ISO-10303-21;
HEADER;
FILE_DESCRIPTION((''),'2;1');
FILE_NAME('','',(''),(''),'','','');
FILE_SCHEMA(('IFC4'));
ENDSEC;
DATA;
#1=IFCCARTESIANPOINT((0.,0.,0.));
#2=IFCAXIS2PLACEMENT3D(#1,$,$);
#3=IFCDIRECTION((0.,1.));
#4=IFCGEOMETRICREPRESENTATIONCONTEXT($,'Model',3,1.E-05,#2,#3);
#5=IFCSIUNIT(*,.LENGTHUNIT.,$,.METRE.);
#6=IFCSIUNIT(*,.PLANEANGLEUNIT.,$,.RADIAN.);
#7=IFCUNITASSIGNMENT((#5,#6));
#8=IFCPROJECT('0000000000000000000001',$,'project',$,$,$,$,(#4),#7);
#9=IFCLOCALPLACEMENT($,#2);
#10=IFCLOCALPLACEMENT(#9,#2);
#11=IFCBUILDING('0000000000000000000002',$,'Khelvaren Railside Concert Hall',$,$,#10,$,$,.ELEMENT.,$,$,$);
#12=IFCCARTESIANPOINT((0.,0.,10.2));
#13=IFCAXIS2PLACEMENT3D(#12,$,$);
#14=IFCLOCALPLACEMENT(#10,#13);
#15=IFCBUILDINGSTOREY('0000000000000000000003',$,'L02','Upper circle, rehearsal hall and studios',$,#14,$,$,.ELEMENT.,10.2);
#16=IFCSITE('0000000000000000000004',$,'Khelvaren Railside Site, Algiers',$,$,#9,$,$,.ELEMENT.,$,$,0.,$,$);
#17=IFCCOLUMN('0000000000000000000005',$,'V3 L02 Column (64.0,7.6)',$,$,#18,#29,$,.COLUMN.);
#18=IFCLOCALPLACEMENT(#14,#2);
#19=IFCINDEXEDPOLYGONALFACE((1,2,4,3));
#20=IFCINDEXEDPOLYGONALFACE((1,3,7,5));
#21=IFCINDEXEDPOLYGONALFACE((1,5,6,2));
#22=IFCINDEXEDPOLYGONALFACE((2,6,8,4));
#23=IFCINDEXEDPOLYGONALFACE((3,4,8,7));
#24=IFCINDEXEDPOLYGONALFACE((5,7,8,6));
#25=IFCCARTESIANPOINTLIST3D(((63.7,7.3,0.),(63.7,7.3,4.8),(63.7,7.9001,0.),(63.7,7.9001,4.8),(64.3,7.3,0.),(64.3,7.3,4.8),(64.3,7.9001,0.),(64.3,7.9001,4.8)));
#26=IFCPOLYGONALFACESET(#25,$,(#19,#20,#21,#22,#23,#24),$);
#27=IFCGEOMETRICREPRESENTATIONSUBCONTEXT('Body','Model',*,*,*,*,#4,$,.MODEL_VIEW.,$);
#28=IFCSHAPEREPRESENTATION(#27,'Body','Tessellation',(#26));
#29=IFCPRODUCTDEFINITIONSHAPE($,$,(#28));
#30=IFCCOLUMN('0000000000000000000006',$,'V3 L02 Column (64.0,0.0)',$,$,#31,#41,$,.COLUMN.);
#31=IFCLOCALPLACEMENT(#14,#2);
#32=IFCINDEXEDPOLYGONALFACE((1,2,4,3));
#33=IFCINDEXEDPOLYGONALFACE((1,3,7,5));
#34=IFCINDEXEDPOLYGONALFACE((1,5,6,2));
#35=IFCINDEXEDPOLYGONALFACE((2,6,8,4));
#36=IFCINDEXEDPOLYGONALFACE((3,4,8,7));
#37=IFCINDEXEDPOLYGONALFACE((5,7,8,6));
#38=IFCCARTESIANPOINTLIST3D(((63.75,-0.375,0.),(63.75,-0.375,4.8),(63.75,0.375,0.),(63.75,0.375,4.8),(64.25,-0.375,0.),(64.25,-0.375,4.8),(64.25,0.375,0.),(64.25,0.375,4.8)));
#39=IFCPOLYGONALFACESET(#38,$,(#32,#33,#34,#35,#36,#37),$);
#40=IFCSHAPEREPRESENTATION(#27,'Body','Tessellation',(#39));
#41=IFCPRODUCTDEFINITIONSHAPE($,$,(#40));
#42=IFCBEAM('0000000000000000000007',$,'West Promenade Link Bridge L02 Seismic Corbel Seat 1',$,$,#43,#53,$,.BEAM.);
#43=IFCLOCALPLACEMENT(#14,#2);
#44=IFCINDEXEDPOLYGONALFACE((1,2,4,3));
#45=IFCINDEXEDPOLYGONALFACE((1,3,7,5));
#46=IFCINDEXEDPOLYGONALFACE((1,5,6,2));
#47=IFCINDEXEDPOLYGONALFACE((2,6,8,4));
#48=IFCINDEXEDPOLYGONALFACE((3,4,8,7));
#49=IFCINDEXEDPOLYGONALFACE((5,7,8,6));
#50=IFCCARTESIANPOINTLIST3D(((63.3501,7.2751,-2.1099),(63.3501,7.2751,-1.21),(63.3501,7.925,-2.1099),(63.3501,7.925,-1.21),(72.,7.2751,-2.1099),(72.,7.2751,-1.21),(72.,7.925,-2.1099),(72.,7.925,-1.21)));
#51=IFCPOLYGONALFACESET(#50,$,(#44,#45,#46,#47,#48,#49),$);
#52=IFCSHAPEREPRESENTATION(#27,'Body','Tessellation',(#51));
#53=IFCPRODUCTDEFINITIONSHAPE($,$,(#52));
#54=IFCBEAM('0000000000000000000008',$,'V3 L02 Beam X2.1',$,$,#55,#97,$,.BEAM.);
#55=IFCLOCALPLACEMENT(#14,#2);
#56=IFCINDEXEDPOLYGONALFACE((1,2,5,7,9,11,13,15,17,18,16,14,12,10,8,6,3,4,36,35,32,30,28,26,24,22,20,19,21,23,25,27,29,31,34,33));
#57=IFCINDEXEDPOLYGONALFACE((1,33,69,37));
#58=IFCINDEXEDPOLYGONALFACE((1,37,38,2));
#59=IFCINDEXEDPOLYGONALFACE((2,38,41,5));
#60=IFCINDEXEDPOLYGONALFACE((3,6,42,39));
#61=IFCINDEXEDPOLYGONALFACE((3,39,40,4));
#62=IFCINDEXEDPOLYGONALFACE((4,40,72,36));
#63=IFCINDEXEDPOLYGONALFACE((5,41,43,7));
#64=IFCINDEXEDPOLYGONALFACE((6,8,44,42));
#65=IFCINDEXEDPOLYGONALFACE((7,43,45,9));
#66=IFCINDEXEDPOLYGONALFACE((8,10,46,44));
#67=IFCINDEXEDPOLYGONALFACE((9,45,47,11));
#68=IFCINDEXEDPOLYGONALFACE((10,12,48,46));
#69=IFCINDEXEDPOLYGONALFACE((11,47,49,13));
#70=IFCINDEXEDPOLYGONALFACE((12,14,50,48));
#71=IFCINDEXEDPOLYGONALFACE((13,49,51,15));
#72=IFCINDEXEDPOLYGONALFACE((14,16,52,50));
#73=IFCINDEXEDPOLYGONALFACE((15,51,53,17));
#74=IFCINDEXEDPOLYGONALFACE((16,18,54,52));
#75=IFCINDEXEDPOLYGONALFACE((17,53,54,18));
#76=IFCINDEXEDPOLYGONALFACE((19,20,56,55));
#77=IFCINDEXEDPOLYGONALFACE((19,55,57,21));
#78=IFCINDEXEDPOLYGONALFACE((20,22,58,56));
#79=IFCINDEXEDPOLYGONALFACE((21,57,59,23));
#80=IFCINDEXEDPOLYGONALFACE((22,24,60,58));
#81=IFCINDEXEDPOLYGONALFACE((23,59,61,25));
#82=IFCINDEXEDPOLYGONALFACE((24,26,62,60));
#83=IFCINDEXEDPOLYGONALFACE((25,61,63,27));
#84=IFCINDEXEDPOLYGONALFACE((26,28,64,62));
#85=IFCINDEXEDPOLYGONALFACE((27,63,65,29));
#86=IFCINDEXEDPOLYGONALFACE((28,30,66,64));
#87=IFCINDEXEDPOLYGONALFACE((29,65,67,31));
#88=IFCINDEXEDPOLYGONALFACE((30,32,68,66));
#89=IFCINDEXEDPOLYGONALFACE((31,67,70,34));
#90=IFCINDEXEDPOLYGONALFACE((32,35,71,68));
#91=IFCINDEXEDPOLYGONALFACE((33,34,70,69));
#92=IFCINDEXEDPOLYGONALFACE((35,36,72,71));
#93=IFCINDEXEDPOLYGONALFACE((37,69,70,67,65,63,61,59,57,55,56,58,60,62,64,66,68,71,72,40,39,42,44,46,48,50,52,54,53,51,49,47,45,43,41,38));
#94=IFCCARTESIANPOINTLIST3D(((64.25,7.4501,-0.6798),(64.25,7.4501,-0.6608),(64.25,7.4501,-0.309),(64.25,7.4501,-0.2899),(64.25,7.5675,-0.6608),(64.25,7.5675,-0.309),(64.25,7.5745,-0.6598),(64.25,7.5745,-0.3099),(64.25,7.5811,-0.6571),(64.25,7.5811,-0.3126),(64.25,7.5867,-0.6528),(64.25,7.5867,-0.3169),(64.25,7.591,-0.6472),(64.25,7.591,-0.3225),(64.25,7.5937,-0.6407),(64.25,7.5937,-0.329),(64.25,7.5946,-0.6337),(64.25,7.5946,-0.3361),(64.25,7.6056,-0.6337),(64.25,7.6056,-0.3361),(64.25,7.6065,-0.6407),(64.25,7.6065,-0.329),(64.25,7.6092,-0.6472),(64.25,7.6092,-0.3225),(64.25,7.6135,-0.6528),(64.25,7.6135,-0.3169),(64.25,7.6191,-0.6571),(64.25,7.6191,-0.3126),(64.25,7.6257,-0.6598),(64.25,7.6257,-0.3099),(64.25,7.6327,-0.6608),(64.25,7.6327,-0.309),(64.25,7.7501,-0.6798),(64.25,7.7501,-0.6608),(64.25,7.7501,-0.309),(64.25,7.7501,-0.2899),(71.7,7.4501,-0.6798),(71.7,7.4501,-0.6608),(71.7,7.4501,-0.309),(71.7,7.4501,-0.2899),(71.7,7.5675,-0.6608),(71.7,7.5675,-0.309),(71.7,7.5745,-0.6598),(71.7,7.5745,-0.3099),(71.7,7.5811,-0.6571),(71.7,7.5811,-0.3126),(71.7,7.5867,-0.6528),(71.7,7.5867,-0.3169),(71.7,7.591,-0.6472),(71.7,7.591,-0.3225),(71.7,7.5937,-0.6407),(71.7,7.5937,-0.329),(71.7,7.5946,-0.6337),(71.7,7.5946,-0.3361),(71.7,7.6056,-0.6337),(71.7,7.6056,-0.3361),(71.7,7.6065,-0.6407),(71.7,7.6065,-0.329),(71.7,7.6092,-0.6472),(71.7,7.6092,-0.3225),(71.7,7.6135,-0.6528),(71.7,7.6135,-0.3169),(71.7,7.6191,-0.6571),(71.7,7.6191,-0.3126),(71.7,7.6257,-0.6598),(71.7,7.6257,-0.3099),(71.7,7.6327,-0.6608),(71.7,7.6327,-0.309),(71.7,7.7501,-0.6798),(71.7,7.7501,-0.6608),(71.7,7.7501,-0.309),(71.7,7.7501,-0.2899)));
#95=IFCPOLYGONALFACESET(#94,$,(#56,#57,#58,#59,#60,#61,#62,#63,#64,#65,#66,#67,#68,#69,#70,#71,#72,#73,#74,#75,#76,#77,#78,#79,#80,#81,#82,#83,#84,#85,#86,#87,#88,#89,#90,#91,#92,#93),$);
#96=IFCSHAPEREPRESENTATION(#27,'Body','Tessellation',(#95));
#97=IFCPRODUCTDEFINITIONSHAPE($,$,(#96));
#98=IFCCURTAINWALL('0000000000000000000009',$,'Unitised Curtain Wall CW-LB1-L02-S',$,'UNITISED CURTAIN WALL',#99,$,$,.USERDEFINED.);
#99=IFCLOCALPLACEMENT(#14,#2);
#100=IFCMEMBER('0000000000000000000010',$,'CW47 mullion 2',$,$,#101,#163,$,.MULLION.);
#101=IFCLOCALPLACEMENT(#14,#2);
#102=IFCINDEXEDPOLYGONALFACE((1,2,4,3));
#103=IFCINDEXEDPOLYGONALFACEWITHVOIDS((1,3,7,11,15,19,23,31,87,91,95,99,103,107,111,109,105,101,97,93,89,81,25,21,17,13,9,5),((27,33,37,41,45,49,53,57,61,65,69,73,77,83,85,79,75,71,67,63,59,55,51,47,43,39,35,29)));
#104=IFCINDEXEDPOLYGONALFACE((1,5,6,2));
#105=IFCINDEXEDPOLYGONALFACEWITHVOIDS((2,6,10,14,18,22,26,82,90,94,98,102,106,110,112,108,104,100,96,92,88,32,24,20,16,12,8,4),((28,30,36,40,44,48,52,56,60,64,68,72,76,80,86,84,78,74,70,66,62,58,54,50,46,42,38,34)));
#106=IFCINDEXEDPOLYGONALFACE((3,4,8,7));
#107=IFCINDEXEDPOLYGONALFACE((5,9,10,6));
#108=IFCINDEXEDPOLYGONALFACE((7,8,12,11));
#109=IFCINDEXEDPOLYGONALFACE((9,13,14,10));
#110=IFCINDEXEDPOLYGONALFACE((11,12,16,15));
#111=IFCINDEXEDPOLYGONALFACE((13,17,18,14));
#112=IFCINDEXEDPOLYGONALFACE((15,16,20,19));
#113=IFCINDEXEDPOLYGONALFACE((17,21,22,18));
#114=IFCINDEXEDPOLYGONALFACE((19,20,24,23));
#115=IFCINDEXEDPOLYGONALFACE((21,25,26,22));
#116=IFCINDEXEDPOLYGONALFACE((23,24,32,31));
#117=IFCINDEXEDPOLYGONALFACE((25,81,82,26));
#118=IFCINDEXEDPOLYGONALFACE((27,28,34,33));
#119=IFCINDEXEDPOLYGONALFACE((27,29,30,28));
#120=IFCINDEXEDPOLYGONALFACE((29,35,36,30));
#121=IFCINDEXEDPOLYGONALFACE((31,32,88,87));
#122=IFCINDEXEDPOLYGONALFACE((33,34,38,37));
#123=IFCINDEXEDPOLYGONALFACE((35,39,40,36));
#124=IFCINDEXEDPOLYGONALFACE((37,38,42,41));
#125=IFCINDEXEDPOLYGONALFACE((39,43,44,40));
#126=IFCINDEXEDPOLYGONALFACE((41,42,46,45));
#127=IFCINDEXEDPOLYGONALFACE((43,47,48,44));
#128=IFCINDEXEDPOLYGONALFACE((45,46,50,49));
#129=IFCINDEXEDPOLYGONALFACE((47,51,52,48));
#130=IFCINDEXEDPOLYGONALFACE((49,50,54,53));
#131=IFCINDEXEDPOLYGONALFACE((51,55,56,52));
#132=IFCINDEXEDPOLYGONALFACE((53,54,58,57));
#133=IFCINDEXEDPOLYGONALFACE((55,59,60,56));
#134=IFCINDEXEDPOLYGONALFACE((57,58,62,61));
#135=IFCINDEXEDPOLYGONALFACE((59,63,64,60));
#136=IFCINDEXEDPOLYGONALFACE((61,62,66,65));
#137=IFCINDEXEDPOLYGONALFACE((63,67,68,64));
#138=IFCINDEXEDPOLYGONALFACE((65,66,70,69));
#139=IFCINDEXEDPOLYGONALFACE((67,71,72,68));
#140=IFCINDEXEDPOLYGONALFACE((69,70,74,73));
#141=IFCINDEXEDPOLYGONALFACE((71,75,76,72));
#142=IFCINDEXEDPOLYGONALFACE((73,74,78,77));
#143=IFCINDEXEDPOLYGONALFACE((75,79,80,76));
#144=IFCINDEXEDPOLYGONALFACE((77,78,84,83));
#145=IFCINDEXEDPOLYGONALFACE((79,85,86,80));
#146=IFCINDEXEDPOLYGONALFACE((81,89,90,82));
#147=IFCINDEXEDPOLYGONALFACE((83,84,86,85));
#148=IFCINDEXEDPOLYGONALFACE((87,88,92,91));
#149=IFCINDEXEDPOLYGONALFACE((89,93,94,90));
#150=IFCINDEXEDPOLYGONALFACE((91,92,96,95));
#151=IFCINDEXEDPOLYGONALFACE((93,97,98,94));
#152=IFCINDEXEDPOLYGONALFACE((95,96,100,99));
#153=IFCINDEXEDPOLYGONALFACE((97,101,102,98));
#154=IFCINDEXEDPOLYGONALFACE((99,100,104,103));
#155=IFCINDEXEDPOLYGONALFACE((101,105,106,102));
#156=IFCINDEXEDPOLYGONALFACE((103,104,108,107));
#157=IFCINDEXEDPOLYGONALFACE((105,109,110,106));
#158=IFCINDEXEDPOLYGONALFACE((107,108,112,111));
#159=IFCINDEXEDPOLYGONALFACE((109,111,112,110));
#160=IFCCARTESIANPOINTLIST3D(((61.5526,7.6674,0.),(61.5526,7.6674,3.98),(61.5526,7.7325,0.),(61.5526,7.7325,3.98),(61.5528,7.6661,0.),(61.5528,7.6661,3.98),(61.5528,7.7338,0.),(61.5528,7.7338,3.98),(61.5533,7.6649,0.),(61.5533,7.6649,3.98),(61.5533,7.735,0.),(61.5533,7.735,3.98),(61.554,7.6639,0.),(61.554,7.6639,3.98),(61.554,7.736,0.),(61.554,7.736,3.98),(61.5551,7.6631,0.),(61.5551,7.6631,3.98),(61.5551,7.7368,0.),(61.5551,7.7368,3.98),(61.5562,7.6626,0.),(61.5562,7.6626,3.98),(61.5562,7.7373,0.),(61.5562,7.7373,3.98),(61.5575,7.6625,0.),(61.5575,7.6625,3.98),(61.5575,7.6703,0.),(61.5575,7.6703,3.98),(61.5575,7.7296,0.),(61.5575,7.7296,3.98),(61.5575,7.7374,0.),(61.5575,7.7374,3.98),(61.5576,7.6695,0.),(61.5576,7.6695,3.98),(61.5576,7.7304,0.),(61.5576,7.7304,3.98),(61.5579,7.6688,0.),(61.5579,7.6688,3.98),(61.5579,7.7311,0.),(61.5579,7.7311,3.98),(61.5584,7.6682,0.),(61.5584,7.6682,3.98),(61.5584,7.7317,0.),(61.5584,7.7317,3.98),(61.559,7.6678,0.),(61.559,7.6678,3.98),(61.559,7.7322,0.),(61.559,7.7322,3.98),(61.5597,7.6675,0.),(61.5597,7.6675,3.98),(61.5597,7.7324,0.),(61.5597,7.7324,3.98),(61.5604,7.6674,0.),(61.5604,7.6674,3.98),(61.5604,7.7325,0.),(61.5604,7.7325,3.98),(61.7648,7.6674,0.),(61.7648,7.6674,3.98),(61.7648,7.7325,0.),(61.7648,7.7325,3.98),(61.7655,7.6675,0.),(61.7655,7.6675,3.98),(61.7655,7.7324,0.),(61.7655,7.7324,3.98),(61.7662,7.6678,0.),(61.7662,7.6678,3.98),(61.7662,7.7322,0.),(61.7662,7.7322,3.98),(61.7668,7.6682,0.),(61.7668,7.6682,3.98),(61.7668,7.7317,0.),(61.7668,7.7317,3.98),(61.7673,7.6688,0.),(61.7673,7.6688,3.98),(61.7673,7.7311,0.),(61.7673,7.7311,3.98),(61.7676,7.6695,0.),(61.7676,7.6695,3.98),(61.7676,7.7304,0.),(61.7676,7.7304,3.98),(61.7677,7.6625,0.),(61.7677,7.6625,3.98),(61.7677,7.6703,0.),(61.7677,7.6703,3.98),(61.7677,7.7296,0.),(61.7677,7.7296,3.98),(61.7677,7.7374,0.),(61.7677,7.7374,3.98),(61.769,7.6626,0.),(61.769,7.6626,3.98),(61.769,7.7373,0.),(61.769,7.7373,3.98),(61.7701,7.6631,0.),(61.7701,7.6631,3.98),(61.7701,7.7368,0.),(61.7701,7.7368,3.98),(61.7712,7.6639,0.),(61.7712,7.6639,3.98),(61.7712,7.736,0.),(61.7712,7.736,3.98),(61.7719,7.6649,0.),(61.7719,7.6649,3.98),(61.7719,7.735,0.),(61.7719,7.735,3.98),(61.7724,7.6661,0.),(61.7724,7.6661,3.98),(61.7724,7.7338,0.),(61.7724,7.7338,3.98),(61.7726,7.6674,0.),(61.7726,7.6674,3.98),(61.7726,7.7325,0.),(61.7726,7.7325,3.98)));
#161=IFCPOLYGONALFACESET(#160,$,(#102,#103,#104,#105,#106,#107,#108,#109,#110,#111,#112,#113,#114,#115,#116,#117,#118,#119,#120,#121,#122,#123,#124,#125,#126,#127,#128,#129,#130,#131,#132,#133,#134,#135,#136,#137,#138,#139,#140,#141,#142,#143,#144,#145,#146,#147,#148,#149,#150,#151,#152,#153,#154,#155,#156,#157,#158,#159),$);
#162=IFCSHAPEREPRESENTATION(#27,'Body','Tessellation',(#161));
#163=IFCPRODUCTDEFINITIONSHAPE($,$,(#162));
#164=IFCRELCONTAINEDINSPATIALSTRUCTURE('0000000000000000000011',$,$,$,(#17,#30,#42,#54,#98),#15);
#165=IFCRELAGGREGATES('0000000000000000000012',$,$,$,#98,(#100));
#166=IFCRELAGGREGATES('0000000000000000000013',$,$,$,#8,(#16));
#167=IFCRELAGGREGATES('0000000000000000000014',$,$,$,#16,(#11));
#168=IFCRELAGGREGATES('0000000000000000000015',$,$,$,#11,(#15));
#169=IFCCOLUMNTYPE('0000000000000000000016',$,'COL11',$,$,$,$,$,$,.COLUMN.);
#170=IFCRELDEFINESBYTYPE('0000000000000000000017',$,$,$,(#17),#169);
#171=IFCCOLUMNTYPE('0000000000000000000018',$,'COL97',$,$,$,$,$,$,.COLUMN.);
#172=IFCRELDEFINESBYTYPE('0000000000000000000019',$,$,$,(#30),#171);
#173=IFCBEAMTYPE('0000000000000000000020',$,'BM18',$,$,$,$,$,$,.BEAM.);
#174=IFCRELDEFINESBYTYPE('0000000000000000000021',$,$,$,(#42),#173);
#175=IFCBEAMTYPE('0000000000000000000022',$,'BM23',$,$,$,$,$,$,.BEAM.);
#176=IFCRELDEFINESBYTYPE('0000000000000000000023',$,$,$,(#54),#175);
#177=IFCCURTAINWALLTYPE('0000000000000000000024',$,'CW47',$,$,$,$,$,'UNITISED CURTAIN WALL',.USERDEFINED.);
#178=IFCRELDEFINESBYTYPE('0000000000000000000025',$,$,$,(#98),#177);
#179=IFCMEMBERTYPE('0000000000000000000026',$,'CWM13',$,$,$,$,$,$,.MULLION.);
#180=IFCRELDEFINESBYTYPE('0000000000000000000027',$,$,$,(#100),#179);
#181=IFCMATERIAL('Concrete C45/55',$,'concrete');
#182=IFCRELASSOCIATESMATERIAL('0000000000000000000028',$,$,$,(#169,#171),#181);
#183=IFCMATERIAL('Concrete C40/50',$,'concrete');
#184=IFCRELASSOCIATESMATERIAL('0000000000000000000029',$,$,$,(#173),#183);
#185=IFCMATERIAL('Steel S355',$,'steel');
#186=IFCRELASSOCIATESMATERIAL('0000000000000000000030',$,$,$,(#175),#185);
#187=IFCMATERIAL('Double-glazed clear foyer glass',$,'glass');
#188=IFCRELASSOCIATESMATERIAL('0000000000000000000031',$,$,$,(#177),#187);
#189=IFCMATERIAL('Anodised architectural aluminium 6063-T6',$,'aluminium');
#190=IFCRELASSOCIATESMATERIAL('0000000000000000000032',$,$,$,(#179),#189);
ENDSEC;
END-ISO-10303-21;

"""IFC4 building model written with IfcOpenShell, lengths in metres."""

from ifc_helpers import new_model, si_unit, direction, frame, origin, origin_2d, place, context, subcontext, project, spatial, rectangle, hollow_rectangle, i_section, extrude, material, material_profile, profile_set, type_object, element, aggregate, save


model = new_model("IFC4")

# Units and contexts
model_context = context("Model", 3, precision=1e-05, world=origin(), true_north=direction((0.0, 1.0)))
body_context = subcontext(model_context, "Body", "Model", "MODEL_VIEW")
ifc_project = project(units=[si_unit("LENGTHUNIT", "METRE"), si_unit("PLANEANGLEUNIT", "RADIAN")], contexts=[model_context])

# Site, building, storey
site_placement = place(None, origin())
site = spatial("IfcSite", under=ifc_project, at=site_placement, Name="Khelvaren Railside Site, Algiers", CompositionType="ELEMENT", RefElevation=0.0)
building_placement = place(site_placement, origin())
building = spatial("IfcBuilding", under=site, at=building_placement, Name="Khelvaren Railside Concert Hall", CompositionType="ELEMENT")
storey_placement = place(building_placement, frame((0.0, 0.0, 10.2)))
storey = spatial("IfcBuildingStorey", under=building, at=storey_placement, Name="L02", Description="Upper circle, rehearsal hall and studios", CompositionType="ELEMENT", Elevation=10.2)

# Columns
ifc_material_1 = material(Name="Concrete C45/55", Category="concrete")
ifc_material_profile_1 = material_profile(ifc_material_1, rectangle(XDim=0.6001, YDim=0.6001, at=origin_2d()), Name="RC 600x600")
ifc_profile_set_1 = profile_set([ifc_material_profile_1], Name="Concrete C45/55")
column_type_1 = type_object("IfcColumnType", Name="COL11", PredefinedType="COLUMN", material=ifc_profile_set_1)
column_1_placement = place(storey_placement, frame((64.0, 7.6001, 0.0), z_axis=(0.0, 0.0, 1.0), x_axis=(1.0, 0.0, 0.0)))
element("IfcColumn", 1, at=column_1_placement, inside=storey, type_object=column_type_1, Name="V3 L02 Column (64.0,7.6)", PredefinedType="COLUMN", context=body_context, shape_type="SweptSolid", body=[
    extrude(rectangle(XDim=0.6001, YDim=0.6001, at=origin_2d()), origin(), (0.0, 0.0, 1.0), 4.8),
])
ifc_material_profile_2 = material_profile(ifc_material_1, rectangle(XDim=0.5, YDim=0.75, at=origin_2d()), Name="RC 500x750")
ifc_profile_set_2 = profile_set([ifc_material_profile_2], Name="Concrete C45/55")
column_type_2 = type_object("IfcColumnType", Name="COL97", PredefinedType="COLUMN", material=ifc_profile_set_2)
column_2_placement = place(storey_placement, frame((64.0, 0.0, 0.0), z_axis=(0.0, 0.0, 1.0), x_axis=(1.0, 0.0, 0.0)))
element("IfcColumn", 2, at=column_2_placement, inside=storey, type_object=column_type_2, Name="V3 L02 Column (64.0,0.0)", PredefinedType="COLUMN", context=body_context, shape_type="SweptSolid", body=[
    extrude(rectangle(XDim=0.5, YDim=0.75, at=origin_2d()), origin(), (0.0, 0.0, 1.0), 4.8),
])

# Beams
ifc_material_2 = material(Name="Concrete C40/50", Category="concrete")
ifc_material_profile_3 = material_profile(ifc_material_2, rectangle(XDim=0.6499, YDim=0.8999, at=origin_2d()), Name="RCB 650x900")
ifc_profile_set_3 = profile_set([ifc_material_profile_3], Name="Concrete C40/50")
beam_type_1 = type_object("IfcBeamType", Name="BM18", PredefinedType="BEAM", material=ifc_profile_set_3)
beam_1_placement = place(storey_placement, frame((63.3501, 7.6001, -1.6599), z_axis=(1.0, 0.0, 0.0), x_axis=(0.0, 1.0, 0.0)))
element("IfcBeam", 3, at=beam_1_placement, inside=storey, type_object=beam_type_1, Name="West Promenade Link Bridge L02 Seismic Corbel Seat 1", PredefinedType="BEAM", context=body_context, shape_type="SweptSolid", body=[
    extrude(rectangle(XDim=0.6499, YDim=0.8999, at=origin_2d()), origin(), (0.0, 0.0, 1.0), 8.6499),
])
ifc_material_3 = material(Name="Steel S355", Category="steel")
ifc_material_profile_4 = material_profile(ifc_material_3, i_section(OverallWidth=0.3, OverallDepth=0.3899, WebThickness=0.011, FlangeThickness=0.019, FilletRadius=0.0271, at=origin_2d()), Name="HEA 400")
ifc_profile_set_4 = profile_set([ifc_material_profile_4], Name="Steel S355")
beam_type_2 = type_object("IfcBeamType", Name="BM23", PredefinedType="BEAM", material=ifc_profile_set_4)
beam_2_placement = place(storey_placement, frame((64.25, 7.6001, -0.4849), z_axis=(1.0, 0.0, 0.0), x_axis=(0.0, 1.0, 0.0)))
element("IfcBeam", 4, at=beam_2_placement, inside=storey, type_object=beam_type_2, Name="V3 L02 Beam X2.1", PredefinedType="BEAM", context=body_context, shape_type="SweptSolid", body=[
    extrude(i_section(OverallWidth=0.3, OverallDepth=0.3899, WebThickness=0.011, FlangeThickness=0.019, FilletRadius=0.0271, at=origin_2d()), origin(), (0.0, 0.0, 1.0), 7.45),
])

# Curtain wall, member
ifc_material_4 = material(Name="Double-glazed clear foyer glass", Category="glass")
curtain_wall_type = type_object("IfcCurtainWallType", Name="CW47", ElementType="UNITISED CURTAIN WALL", PredefinedType="USERDEFINED", material=ifc_material_4)
curtain_wall_placement = place(storey_placement, origin())
curtain_wall = element("IfcCurtainWall", 5, at=curtain_wall_placement, inside=storey, type_object=curtain_wall_type, Name="Unitised Curtain Wall CW-LB1-L02-S", ObjectType="UNITISED CURTAIN WALL", PredefinedType="USERDEFINED")
ifc_material_5 = material(Name="Anodised architectural aluminium 6063-T6", Category="aluminium")
ifc_material_profile_5 = material_profile(ifc_material_5, hollow_rectangle(XDim=0.075, YDim=0.22, WallThickness=0.0049, InnerFilletRadius=0.0029, OuterFilletRadius=0.0049, at=origin_2d()), Name="CWM 75x220x5")
ifc_profile_set_5 = profile_set([ifc_material_profile_5], Name="Anodised architectural aluminium 6063-T6")
member_type_1 = type_object("IfcMemberType", Name="CWM13", PredefinedType="MULLION", material=ifc_profile_set_5)
member_1_placement = place(storey_placement, frame((61.6626, 7.7, 0.0), z_axis=(0.0, 0.0, 1.0), x_axis=(0.0, -1.0, 0.0)))
member_1 = element("IfcMember", 6, at=member_1_placement, type_object=member_type_1, Name="CW47 mullion 2", PredefinedType="MULLION", context=body_context, shape_type="SweptSolid", body=[
    extrude(hollow_rectangle(XDim=0.075, YDim=0.22, WallThickness=0.0049, InnerFilletRadius=0.0029, OuterFilletRadius=0.0049, at=origin_2d()), origin(), (0.0, 0.0, 1.0), 3.98),
])

aggregate(curtain_wall, [member_1])

save(model, "model.ifc")
